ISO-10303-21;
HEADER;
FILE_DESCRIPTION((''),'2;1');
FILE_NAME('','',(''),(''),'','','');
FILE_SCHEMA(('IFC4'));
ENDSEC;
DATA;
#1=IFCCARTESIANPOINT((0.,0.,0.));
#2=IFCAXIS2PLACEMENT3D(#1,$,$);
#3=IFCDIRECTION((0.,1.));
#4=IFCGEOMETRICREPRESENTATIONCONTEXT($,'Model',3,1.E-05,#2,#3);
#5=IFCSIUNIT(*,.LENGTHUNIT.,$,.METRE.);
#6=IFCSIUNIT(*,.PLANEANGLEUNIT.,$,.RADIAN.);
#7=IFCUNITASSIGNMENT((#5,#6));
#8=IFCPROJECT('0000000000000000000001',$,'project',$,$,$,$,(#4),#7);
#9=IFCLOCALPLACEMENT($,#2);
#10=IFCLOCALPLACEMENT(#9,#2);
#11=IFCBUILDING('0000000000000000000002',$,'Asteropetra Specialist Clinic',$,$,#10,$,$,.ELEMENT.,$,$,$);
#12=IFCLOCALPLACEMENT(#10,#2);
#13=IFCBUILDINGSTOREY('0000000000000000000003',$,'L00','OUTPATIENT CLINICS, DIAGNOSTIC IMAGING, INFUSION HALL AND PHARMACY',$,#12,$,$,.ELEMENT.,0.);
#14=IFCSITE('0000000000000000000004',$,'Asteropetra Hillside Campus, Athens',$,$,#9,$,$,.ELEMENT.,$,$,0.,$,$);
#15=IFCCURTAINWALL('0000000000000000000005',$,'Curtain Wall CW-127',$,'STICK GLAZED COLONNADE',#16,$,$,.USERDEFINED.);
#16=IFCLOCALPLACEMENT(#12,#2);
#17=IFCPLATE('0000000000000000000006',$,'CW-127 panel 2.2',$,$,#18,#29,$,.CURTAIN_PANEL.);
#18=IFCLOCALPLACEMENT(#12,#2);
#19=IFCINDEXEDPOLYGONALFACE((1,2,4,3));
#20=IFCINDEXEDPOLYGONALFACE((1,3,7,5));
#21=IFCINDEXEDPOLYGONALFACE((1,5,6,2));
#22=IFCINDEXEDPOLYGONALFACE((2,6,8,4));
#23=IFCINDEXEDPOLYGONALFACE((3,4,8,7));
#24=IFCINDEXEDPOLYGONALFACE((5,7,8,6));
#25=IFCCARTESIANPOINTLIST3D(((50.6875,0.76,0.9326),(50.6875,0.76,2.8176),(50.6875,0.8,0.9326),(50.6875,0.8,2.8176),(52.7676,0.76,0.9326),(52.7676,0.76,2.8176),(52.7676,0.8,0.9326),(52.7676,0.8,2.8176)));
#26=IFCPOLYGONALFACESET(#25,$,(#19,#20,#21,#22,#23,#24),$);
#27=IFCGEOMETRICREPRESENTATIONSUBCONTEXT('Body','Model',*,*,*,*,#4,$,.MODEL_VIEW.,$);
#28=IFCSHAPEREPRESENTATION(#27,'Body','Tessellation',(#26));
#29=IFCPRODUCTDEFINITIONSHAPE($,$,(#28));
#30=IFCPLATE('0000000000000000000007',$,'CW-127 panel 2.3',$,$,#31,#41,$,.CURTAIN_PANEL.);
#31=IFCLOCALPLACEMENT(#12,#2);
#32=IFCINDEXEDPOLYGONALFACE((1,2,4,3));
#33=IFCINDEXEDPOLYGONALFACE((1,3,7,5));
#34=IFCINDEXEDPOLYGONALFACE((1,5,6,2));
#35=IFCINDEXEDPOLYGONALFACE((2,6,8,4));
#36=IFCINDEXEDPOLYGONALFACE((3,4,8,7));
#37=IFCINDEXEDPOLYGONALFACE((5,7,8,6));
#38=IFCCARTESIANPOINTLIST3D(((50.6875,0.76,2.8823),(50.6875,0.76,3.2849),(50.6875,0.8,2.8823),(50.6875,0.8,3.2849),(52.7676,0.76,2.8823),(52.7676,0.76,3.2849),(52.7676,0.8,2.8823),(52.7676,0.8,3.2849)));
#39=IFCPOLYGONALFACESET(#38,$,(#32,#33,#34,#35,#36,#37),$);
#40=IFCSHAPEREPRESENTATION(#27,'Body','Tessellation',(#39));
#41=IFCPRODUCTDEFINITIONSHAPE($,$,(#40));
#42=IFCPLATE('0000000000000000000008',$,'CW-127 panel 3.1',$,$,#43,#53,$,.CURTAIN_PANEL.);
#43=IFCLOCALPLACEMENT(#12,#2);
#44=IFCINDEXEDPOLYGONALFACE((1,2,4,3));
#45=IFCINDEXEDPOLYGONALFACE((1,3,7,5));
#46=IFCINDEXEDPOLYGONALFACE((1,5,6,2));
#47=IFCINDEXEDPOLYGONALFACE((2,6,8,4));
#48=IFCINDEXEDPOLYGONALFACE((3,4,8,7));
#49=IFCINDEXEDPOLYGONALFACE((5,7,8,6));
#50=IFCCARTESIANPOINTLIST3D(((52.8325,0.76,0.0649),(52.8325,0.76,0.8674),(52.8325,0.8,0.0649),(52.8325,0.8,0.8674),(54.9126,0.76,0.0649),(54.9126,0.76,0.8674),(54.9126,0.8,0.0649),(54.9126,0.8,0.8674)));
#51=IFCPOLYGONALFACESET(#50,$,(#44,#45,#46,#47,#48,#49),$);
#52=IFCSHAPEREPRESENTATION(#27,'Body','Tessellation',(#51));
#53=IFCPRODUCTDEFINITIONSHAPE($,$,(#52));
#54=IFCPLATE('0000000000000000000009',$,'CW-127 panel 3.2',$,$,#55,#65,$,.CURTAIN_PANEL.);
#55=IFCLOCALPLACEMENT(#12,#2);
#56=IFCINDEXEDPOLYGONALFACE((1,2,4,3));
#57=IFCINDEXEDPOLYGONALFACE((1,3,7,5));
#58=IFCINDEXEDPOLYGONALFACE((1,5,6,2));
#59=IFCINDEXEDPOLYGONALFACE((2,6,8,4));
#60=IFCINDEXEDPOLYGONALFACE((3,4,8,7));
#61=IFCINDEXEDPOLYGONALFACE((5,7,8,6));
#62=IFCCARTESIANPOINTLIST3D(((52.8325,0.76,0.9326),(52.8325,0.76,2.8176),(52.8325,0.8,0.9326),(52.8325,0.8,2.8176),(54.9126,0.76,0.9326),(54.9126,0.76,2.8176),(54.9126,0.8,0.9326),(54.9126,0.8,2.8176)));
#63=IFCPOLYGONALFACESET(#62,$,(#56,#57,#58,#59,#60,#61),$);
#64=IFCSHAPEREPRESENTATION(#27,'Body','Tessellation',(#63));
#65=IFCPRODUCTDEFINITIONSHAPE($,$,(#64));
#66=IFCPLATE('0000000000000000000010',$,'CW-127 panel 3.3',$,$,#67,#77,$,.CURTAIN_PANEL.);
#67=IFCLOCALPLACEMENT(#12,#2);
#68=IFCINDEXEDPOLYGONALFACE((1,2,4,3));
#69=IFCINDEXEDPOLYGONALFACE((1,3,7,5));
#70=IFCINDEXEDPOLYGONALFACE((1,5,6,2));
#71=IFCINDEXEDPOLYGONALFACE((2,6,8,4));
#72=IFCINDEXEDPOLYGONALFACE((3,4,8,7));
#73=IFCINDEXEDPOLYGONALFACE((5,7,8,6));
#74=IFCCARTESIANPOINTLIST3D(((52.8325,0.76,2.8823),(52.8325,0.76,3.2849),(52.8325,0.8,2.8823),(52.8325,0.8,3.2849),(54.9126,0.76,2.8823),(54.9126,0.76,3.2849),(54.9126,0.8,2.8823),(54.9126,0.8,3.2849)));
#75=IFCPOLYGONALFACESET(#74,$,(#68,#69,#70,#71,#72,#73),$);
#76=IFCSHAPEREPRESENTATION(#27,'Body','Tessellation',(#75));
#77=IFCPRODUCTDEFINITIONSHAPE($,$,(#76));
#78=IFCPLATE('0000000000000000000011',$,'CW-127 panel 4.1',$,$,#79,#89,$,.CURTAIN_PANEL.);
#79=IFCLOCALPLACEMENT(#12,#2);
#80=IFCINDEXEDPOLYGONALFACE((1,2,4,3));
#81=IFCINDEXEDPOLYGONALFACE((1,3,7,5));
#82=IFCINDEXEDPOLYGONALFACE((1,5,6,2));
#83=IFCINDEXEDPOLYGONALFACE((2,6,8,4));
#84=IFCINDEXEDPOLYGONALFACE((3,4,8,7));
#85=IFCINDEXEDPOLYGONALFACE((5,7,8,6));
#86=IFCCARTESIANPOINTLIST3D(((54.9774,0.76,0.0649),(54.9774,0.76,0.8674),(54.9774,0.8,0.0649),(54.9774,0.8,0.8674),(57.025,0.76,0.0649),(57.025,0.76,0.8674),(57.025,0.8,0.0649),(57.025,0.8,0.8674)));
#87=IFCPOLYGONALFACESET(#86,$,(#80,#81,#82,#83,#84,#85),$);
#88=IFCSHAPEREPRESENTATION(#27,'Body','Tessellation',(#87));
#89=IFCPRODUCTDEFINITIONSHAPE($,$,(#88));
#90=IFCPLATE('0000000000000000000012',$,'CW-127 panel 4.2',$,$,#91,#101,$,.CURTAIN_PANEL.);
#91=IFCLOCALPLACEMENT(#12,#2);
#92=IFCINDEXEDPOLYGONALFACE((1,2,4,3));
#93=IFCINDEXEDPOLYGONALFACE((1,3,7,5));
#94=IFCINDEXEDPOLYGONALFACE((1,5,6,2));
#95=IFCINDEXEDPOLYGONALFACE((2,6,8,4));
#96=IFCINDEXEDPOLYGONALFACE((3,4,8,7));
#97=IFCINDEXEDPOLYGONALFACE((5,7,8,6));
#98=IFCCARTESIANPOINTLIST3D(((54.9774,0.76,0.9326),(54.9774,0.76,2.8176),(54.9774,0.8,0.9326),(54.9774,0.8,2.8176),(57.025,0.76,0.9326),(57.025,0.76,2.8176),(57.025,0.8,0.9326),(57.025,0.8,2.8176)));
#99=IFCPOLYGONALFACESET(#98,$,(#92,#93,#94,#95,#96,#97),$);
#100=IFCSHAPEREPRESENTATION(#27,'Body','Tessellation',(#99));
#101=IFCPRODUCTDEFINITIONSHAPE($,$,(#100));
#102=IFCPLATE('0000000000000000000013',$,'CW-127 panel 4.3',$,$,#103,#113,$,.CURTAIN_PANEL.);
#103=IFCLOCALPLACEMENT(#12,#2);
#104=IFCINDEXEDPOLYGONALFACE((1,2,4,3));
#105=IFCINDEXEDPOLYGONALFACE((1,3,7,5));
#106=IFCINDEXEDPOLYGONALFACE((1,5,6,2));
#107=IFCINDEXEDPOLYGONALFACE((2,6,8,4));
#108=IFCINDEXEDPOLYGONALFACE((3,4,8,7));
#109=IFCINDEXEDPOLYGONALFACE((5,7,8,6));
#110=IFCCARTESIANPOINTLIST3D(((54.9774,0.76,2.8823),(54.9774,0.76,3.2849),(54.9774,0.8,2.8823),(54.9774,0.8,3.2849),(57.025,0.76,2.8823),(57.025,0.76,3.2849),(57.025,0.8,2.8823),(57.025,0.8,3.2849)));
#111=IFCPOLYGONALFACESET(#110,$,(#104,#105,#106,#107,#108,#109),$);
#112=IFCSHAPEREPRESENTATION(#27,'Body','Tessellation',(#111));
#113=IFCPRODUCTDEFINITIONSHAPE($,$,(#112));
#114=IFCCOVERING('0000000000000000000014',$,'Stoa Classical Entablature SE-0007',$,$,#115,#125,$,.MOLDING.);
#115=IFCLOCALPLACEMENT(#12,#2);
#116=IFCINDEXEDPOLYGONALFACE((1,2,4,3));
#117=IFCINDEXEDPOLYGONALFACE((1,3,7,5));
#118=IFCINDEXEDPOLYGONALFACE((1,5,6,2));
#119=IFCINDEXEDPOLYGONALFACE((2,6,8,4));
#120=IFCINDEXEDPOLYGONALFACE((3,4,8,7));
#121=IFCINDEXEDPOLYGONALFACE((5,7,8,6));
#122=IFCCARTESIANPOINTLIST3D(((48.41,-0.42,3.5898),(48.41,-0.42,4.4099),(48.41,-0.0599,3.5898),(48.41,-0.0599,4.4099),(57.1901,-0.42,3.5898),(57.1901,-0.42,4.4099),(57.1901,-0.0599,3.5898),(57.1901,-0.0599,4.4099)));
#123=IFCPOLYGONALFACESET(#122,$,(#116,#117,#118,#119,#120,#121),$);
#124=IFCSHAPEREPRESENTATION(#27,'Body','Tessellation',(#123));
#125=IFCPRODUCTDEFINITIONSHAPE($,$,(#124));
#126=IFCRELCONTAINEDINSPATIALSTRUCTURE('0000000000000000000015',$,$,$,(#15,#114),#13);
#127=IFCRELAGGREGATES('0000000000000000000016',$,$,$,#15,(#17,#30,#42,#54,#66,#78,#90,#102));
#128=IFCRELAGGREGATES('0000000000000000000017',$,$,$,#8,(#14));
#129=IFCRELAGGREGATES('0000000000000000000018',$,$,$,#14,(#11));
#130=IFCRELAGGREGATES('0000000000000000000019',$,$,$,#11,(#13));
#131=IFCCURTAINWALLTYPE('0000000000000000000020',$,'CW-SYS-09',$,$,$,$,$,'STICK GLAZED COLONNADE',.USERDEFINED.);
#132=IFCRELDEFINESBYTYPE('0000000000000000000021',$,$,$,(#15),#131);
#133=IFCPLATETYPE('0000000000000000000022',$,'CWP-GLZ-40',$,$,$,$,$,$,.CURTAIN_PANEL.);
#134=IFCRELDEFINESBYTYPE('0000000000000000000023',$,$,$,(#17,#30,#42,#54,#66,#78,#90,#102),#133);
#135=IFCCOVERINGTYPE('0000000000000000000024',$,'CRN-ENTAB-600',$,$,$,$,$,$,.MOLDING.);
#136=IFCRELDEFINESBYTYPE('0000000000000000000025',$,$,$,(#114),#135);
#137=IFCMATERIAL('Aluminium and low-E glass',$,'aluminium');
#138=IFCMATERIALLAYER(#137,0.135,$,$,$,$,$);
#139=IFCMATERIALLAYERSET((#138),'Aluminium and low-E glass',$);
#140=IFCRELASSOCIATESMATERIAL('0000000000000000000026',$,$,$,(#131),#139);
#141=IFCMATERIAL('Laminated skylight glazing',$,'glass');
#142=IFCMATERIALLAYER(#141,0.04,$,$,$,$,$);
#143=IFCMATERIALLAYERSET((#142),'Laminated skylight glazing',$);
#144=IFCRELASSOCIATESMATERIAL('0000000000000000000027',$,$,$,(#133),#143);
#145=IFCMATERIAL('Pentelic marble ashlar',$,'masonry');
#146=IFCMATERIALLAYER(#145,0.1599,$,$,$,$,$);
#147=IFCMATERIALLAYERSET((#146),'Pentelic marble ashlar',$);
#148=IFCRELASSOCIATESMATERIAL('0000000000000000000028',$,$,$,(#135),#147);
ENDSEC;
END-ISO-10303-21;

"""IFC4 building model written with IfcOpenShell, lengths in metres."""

from ifc_helpers import new_model, si_unit, direction, frame, origin, origin_2d, place, context, subcontext, project, spatial, rectangle, extrude, material, layer, layer_set, type_object, element, aggregate, save


model = new_model("IFC4")

# Units and contexts
model_context = context("Model", 3, precision=1e-05, world=origin(), true_north=direction((0.0, 1.0)))
body_context = subcontext(model_context, "Body", "Model", "MODEL_VIEW")
ifc_project = project(units=[si_unit("LENGTHUNIT", "METRE"), si_unit("PLANEANGLEUNIT", "RADIAN")], contexts=[model_context])

# Site, building, storey
site_placement = place(None, origin())
site = spatial("IfcSite", under=ifc_project, at=site_placement, Name="Asteropetra Hillside Campus, Athens", CompositionType="ELEMENT", RefElevation=0.0)
building_placement = place(site_placement, origin())
building = spatial("IfcBuilding", under=site, at=building_placement, Name="Asteropetra Specialist Clinic", CompositionType="ELEMENT")
storey_placement = place(building_placement, origin())
storey = spatial("IfcBuildingStorey", under=building, at=storey_placement, Name="L00", Description="OUTPATIENT CLINICS, DIAGNOSTIC IMAGING, INFUSION HALL AND PHARMACY", CompositionType="ELEMENT", Elevation=0.0)

# Curtain wall
ifc_material_1 = material(Name="Aluminium and low-E glass", Category="aluminium")
ifc_layer_1 = layer(ifc_material_1, 0.135)
ifc_layer_set_1 = layer_set([ifc_layer_1], Name="Aluminium and low-E glass")
curtain_wall_type_1 = type_object("IfcCurtainWallType", Name="CW-SYS-09", ElementType="STICK GLAZED COLONNADE", PredefinedType="USERDEFINED", material=ifc_layer_set_1)
curtain_wall_1_placement = place(storey_placement, origin())
curtain_wall_1 = element("IfcCurtainWall", 1, at=curtain_wall_1_placement, inside=storey, type_object=curtain_wall_type_1, Name="Curtain Wall CW-127", ObjectType="STICK GLAZED COLONNADE", PredefinedType="USERDEFINED")

# Plates
ifc_material_2 = material(Name="Laminated skylight glazing", Category="glass")
ifc_layer_2 = layer(ifc_material_2, 0.04)
ifc_layer_set_2 = layer_set([ifc_layer_2], Name="Laminated skylight glazing")
plate_type = type_object("IfcPlateType", Name="CWP-GLZ-40", PredefinedType="CURTAIN_PANEL", material=ifc_layer_set_2)
plate_1_placement = place(storey_placement, frame((51.7275, 0.78, 0.9326), z_axis=(0.0, 0.0, 1.0), x_axis=(1.0, 0.0, 0.0)))
plate_1 = element("IfcPlate", 2, at=plate_1_placement, type_object=plate_type, Name="CW-127 panel 2.2", PredefinedType="CURTAIN_PANEL", context=body_context, shape_type="SweptSolid", body=[
    extrude(rectangle(XDim=2.0801, YDim=0.04, at=origin_2d()), origin(), (0.0, 0.0, 1.0), 1.885),
])
plate_2_placement = place(storey_placement, frame((51.7275, 0.78, 2.8823), z_axis=(0.0, 0.0, 1.0), x_axis=(1.0, 0.0, 0.0)))
plate_2 = element("IfcPlate", 3, at=plate_2_placement, type_object=plate_type, Name="CW-127 panel 2.3", PredefinedType="CURTAIN_PANEL", context=body_context, shape_type="SweptSolid", body=[
    extrude(rectangle(XDim=2.0801, YDim=0.04, at=origin_2d()), origin(), (0.0, 0.0, 1.0), 0.4026),
])
plate_3_placement = place(storey_placement, frame((53.8726, 0.78, 0.0649), z_axis=(0.0, 0.0, 1.0), x_axis=(1.0, 0.0, 0.0)))
plate_3 = element("IfcPlate", 4, at=plate_3_placement, type_object=plate_type, Name="CW-127 panel 3.1", PredefinedType="CURTAIN_PANEL", context=body_context, shape_type="SweptSolid", body=[
    extrude(rectangle(XDim=2.0801, YDim=0.04, at=origin_2d()), origin(), (0.0, 0.0, 1.0), 0.8025),
])
plate_4_placement = place(storey_placement, frame((53.8726, 0.78, 0.9326), z_axis=(0.0, 0.0, 1.0), x_axis=(1.0, 0.0, 0.0)))
plate_4 = element("IfcPlate", 5, at=plate_4_placement, type_object=plate_type, Name="CW-127 panel 3.2", PredefinedType="CURTAIN_PANEL", context=body_context, shape_type="SweptSolid", body=[
    extrude(rectangle(XDim=2.0801, YDim=0.04, at=origin_2d()), origin(), (0.0, 0.0, 1.0), 1.885),
])
plate_5_placement = place(storey_placement, frame((53.8726, 0.78, 2.8823), z_axis=(0.0, 0.0, 1.0), x_axis=(1.0, 0.0, 0.0)))
plate_5 = element("IfcPlate", 6, at=plate_5_placement, type_object=plate_type, Name="CW-127 panel 3.3", PredefinedType="CURTAIN_PANEL", context=body_context, shape_type="SweptSolid", body=[
    extrude(rectangle(XDim=2.0801, YDim=0.04, at=origin_2d()), origin(), (0.0, 0.0, 1.0), 0.4026),
])
plate_6_placement = place(storey_placement, frame((56.0012, 0.78, 0.0649), z_axis=(0.0, 0.0, 1.0), x_axis=(1.0, 0.0, 0.0)))
plate_6 = element("IfcPlate", 7, at=plate_6_placement, type_object=plate_type, Name="CW-127 panel 4.1", PredefinedType="CURTAIN_PANEL", context=body_context, shape_type="SweptSolid", body=[
    extrude(rectangle(XDim=2.0476, YDim=0.04, at=origin_2d()), origin(), (0.0, 0.0, 1.0), 0.8025),
])
plate_7_placement = place(storey_placement, frame((56.0012, 0.78, 0.9326), z_axis=(0.0, 0.0, 1.0), x_axis=(1.0, 0.0, 0.0)))
plate_7 = element("IfcPlate", 8, at=plate_7_placement, type_object=plate_type, Name="CW-127 panel 4.2", PredefinedType="CURTAIN_PANEL", context=body_context, shape_type="SweptSolid", body=[
    extrude(rectangle(XDim=2.0476, YDim=0.04, at=origin_2d()), origin(), (0.0, 0.0, 1.0), 1.885),
])
plate_8_placement = place(storey_placement, frame((56.0012, 0.78, 2.8823), z_axis=(0.0, 0.0, 1.0), x_axis=(1.0, 0.0, 0.0)))
plate_8 = element("IfcPlate", 9, at=plate_8_placement, type_object=plate_type, Name="CW-127 panel 4.3", PredefinedType="CURTAIN_PANEL", context=body_context, shape_type="SweptSolid", body=[
    extrude(rectangle(XDim=2.0476, YDim=0.04, at=origin_2d()), origin(), (0.0, 0.0, 1.0), 0.4026),
])
aggregate(curtain_wall_1, [plate_1, plate_2, plate_3, plate_4, plate_5, plate_6, plate_7, plate_8])

# Covering
ifc_material_3 = material(Name="Pentelic marble ashlar", Category="masonry")
ifc_layer_3 = layer(ifc_material_3, 0.1599)
ifc_layer_set_3 = layer_set([ifc_layer_3], Name="Pentelic marble ashlar")
covering_type = type_object("IfcCoveringType", Name="CRN-ENTAB-600", PredefinedType="MOLDING", material=ifc_layer_set_3)
covering_placement = place(storey_placement, frame((52.8, -0.24, 3.5898), z_axis=(0.0, 0.0, 1.0), x_axis=(1.0, 0.0, 0.0)))
element("IfcCovering", 10, at=covering_placement, inside=storey, type_object=covering_type, Name="Stoa Classical Entablature SE-0007", PredefinedType="MOLDING", context=body_context, shape_type="SweptSolid", body=[
    extrude(rectangle(XDim=8.78, YDim=0.3601, at=origin_2d()), origin(), (0.0, 0.0, 1.0), 0.8201),
])

save(model, "model.ifc")
